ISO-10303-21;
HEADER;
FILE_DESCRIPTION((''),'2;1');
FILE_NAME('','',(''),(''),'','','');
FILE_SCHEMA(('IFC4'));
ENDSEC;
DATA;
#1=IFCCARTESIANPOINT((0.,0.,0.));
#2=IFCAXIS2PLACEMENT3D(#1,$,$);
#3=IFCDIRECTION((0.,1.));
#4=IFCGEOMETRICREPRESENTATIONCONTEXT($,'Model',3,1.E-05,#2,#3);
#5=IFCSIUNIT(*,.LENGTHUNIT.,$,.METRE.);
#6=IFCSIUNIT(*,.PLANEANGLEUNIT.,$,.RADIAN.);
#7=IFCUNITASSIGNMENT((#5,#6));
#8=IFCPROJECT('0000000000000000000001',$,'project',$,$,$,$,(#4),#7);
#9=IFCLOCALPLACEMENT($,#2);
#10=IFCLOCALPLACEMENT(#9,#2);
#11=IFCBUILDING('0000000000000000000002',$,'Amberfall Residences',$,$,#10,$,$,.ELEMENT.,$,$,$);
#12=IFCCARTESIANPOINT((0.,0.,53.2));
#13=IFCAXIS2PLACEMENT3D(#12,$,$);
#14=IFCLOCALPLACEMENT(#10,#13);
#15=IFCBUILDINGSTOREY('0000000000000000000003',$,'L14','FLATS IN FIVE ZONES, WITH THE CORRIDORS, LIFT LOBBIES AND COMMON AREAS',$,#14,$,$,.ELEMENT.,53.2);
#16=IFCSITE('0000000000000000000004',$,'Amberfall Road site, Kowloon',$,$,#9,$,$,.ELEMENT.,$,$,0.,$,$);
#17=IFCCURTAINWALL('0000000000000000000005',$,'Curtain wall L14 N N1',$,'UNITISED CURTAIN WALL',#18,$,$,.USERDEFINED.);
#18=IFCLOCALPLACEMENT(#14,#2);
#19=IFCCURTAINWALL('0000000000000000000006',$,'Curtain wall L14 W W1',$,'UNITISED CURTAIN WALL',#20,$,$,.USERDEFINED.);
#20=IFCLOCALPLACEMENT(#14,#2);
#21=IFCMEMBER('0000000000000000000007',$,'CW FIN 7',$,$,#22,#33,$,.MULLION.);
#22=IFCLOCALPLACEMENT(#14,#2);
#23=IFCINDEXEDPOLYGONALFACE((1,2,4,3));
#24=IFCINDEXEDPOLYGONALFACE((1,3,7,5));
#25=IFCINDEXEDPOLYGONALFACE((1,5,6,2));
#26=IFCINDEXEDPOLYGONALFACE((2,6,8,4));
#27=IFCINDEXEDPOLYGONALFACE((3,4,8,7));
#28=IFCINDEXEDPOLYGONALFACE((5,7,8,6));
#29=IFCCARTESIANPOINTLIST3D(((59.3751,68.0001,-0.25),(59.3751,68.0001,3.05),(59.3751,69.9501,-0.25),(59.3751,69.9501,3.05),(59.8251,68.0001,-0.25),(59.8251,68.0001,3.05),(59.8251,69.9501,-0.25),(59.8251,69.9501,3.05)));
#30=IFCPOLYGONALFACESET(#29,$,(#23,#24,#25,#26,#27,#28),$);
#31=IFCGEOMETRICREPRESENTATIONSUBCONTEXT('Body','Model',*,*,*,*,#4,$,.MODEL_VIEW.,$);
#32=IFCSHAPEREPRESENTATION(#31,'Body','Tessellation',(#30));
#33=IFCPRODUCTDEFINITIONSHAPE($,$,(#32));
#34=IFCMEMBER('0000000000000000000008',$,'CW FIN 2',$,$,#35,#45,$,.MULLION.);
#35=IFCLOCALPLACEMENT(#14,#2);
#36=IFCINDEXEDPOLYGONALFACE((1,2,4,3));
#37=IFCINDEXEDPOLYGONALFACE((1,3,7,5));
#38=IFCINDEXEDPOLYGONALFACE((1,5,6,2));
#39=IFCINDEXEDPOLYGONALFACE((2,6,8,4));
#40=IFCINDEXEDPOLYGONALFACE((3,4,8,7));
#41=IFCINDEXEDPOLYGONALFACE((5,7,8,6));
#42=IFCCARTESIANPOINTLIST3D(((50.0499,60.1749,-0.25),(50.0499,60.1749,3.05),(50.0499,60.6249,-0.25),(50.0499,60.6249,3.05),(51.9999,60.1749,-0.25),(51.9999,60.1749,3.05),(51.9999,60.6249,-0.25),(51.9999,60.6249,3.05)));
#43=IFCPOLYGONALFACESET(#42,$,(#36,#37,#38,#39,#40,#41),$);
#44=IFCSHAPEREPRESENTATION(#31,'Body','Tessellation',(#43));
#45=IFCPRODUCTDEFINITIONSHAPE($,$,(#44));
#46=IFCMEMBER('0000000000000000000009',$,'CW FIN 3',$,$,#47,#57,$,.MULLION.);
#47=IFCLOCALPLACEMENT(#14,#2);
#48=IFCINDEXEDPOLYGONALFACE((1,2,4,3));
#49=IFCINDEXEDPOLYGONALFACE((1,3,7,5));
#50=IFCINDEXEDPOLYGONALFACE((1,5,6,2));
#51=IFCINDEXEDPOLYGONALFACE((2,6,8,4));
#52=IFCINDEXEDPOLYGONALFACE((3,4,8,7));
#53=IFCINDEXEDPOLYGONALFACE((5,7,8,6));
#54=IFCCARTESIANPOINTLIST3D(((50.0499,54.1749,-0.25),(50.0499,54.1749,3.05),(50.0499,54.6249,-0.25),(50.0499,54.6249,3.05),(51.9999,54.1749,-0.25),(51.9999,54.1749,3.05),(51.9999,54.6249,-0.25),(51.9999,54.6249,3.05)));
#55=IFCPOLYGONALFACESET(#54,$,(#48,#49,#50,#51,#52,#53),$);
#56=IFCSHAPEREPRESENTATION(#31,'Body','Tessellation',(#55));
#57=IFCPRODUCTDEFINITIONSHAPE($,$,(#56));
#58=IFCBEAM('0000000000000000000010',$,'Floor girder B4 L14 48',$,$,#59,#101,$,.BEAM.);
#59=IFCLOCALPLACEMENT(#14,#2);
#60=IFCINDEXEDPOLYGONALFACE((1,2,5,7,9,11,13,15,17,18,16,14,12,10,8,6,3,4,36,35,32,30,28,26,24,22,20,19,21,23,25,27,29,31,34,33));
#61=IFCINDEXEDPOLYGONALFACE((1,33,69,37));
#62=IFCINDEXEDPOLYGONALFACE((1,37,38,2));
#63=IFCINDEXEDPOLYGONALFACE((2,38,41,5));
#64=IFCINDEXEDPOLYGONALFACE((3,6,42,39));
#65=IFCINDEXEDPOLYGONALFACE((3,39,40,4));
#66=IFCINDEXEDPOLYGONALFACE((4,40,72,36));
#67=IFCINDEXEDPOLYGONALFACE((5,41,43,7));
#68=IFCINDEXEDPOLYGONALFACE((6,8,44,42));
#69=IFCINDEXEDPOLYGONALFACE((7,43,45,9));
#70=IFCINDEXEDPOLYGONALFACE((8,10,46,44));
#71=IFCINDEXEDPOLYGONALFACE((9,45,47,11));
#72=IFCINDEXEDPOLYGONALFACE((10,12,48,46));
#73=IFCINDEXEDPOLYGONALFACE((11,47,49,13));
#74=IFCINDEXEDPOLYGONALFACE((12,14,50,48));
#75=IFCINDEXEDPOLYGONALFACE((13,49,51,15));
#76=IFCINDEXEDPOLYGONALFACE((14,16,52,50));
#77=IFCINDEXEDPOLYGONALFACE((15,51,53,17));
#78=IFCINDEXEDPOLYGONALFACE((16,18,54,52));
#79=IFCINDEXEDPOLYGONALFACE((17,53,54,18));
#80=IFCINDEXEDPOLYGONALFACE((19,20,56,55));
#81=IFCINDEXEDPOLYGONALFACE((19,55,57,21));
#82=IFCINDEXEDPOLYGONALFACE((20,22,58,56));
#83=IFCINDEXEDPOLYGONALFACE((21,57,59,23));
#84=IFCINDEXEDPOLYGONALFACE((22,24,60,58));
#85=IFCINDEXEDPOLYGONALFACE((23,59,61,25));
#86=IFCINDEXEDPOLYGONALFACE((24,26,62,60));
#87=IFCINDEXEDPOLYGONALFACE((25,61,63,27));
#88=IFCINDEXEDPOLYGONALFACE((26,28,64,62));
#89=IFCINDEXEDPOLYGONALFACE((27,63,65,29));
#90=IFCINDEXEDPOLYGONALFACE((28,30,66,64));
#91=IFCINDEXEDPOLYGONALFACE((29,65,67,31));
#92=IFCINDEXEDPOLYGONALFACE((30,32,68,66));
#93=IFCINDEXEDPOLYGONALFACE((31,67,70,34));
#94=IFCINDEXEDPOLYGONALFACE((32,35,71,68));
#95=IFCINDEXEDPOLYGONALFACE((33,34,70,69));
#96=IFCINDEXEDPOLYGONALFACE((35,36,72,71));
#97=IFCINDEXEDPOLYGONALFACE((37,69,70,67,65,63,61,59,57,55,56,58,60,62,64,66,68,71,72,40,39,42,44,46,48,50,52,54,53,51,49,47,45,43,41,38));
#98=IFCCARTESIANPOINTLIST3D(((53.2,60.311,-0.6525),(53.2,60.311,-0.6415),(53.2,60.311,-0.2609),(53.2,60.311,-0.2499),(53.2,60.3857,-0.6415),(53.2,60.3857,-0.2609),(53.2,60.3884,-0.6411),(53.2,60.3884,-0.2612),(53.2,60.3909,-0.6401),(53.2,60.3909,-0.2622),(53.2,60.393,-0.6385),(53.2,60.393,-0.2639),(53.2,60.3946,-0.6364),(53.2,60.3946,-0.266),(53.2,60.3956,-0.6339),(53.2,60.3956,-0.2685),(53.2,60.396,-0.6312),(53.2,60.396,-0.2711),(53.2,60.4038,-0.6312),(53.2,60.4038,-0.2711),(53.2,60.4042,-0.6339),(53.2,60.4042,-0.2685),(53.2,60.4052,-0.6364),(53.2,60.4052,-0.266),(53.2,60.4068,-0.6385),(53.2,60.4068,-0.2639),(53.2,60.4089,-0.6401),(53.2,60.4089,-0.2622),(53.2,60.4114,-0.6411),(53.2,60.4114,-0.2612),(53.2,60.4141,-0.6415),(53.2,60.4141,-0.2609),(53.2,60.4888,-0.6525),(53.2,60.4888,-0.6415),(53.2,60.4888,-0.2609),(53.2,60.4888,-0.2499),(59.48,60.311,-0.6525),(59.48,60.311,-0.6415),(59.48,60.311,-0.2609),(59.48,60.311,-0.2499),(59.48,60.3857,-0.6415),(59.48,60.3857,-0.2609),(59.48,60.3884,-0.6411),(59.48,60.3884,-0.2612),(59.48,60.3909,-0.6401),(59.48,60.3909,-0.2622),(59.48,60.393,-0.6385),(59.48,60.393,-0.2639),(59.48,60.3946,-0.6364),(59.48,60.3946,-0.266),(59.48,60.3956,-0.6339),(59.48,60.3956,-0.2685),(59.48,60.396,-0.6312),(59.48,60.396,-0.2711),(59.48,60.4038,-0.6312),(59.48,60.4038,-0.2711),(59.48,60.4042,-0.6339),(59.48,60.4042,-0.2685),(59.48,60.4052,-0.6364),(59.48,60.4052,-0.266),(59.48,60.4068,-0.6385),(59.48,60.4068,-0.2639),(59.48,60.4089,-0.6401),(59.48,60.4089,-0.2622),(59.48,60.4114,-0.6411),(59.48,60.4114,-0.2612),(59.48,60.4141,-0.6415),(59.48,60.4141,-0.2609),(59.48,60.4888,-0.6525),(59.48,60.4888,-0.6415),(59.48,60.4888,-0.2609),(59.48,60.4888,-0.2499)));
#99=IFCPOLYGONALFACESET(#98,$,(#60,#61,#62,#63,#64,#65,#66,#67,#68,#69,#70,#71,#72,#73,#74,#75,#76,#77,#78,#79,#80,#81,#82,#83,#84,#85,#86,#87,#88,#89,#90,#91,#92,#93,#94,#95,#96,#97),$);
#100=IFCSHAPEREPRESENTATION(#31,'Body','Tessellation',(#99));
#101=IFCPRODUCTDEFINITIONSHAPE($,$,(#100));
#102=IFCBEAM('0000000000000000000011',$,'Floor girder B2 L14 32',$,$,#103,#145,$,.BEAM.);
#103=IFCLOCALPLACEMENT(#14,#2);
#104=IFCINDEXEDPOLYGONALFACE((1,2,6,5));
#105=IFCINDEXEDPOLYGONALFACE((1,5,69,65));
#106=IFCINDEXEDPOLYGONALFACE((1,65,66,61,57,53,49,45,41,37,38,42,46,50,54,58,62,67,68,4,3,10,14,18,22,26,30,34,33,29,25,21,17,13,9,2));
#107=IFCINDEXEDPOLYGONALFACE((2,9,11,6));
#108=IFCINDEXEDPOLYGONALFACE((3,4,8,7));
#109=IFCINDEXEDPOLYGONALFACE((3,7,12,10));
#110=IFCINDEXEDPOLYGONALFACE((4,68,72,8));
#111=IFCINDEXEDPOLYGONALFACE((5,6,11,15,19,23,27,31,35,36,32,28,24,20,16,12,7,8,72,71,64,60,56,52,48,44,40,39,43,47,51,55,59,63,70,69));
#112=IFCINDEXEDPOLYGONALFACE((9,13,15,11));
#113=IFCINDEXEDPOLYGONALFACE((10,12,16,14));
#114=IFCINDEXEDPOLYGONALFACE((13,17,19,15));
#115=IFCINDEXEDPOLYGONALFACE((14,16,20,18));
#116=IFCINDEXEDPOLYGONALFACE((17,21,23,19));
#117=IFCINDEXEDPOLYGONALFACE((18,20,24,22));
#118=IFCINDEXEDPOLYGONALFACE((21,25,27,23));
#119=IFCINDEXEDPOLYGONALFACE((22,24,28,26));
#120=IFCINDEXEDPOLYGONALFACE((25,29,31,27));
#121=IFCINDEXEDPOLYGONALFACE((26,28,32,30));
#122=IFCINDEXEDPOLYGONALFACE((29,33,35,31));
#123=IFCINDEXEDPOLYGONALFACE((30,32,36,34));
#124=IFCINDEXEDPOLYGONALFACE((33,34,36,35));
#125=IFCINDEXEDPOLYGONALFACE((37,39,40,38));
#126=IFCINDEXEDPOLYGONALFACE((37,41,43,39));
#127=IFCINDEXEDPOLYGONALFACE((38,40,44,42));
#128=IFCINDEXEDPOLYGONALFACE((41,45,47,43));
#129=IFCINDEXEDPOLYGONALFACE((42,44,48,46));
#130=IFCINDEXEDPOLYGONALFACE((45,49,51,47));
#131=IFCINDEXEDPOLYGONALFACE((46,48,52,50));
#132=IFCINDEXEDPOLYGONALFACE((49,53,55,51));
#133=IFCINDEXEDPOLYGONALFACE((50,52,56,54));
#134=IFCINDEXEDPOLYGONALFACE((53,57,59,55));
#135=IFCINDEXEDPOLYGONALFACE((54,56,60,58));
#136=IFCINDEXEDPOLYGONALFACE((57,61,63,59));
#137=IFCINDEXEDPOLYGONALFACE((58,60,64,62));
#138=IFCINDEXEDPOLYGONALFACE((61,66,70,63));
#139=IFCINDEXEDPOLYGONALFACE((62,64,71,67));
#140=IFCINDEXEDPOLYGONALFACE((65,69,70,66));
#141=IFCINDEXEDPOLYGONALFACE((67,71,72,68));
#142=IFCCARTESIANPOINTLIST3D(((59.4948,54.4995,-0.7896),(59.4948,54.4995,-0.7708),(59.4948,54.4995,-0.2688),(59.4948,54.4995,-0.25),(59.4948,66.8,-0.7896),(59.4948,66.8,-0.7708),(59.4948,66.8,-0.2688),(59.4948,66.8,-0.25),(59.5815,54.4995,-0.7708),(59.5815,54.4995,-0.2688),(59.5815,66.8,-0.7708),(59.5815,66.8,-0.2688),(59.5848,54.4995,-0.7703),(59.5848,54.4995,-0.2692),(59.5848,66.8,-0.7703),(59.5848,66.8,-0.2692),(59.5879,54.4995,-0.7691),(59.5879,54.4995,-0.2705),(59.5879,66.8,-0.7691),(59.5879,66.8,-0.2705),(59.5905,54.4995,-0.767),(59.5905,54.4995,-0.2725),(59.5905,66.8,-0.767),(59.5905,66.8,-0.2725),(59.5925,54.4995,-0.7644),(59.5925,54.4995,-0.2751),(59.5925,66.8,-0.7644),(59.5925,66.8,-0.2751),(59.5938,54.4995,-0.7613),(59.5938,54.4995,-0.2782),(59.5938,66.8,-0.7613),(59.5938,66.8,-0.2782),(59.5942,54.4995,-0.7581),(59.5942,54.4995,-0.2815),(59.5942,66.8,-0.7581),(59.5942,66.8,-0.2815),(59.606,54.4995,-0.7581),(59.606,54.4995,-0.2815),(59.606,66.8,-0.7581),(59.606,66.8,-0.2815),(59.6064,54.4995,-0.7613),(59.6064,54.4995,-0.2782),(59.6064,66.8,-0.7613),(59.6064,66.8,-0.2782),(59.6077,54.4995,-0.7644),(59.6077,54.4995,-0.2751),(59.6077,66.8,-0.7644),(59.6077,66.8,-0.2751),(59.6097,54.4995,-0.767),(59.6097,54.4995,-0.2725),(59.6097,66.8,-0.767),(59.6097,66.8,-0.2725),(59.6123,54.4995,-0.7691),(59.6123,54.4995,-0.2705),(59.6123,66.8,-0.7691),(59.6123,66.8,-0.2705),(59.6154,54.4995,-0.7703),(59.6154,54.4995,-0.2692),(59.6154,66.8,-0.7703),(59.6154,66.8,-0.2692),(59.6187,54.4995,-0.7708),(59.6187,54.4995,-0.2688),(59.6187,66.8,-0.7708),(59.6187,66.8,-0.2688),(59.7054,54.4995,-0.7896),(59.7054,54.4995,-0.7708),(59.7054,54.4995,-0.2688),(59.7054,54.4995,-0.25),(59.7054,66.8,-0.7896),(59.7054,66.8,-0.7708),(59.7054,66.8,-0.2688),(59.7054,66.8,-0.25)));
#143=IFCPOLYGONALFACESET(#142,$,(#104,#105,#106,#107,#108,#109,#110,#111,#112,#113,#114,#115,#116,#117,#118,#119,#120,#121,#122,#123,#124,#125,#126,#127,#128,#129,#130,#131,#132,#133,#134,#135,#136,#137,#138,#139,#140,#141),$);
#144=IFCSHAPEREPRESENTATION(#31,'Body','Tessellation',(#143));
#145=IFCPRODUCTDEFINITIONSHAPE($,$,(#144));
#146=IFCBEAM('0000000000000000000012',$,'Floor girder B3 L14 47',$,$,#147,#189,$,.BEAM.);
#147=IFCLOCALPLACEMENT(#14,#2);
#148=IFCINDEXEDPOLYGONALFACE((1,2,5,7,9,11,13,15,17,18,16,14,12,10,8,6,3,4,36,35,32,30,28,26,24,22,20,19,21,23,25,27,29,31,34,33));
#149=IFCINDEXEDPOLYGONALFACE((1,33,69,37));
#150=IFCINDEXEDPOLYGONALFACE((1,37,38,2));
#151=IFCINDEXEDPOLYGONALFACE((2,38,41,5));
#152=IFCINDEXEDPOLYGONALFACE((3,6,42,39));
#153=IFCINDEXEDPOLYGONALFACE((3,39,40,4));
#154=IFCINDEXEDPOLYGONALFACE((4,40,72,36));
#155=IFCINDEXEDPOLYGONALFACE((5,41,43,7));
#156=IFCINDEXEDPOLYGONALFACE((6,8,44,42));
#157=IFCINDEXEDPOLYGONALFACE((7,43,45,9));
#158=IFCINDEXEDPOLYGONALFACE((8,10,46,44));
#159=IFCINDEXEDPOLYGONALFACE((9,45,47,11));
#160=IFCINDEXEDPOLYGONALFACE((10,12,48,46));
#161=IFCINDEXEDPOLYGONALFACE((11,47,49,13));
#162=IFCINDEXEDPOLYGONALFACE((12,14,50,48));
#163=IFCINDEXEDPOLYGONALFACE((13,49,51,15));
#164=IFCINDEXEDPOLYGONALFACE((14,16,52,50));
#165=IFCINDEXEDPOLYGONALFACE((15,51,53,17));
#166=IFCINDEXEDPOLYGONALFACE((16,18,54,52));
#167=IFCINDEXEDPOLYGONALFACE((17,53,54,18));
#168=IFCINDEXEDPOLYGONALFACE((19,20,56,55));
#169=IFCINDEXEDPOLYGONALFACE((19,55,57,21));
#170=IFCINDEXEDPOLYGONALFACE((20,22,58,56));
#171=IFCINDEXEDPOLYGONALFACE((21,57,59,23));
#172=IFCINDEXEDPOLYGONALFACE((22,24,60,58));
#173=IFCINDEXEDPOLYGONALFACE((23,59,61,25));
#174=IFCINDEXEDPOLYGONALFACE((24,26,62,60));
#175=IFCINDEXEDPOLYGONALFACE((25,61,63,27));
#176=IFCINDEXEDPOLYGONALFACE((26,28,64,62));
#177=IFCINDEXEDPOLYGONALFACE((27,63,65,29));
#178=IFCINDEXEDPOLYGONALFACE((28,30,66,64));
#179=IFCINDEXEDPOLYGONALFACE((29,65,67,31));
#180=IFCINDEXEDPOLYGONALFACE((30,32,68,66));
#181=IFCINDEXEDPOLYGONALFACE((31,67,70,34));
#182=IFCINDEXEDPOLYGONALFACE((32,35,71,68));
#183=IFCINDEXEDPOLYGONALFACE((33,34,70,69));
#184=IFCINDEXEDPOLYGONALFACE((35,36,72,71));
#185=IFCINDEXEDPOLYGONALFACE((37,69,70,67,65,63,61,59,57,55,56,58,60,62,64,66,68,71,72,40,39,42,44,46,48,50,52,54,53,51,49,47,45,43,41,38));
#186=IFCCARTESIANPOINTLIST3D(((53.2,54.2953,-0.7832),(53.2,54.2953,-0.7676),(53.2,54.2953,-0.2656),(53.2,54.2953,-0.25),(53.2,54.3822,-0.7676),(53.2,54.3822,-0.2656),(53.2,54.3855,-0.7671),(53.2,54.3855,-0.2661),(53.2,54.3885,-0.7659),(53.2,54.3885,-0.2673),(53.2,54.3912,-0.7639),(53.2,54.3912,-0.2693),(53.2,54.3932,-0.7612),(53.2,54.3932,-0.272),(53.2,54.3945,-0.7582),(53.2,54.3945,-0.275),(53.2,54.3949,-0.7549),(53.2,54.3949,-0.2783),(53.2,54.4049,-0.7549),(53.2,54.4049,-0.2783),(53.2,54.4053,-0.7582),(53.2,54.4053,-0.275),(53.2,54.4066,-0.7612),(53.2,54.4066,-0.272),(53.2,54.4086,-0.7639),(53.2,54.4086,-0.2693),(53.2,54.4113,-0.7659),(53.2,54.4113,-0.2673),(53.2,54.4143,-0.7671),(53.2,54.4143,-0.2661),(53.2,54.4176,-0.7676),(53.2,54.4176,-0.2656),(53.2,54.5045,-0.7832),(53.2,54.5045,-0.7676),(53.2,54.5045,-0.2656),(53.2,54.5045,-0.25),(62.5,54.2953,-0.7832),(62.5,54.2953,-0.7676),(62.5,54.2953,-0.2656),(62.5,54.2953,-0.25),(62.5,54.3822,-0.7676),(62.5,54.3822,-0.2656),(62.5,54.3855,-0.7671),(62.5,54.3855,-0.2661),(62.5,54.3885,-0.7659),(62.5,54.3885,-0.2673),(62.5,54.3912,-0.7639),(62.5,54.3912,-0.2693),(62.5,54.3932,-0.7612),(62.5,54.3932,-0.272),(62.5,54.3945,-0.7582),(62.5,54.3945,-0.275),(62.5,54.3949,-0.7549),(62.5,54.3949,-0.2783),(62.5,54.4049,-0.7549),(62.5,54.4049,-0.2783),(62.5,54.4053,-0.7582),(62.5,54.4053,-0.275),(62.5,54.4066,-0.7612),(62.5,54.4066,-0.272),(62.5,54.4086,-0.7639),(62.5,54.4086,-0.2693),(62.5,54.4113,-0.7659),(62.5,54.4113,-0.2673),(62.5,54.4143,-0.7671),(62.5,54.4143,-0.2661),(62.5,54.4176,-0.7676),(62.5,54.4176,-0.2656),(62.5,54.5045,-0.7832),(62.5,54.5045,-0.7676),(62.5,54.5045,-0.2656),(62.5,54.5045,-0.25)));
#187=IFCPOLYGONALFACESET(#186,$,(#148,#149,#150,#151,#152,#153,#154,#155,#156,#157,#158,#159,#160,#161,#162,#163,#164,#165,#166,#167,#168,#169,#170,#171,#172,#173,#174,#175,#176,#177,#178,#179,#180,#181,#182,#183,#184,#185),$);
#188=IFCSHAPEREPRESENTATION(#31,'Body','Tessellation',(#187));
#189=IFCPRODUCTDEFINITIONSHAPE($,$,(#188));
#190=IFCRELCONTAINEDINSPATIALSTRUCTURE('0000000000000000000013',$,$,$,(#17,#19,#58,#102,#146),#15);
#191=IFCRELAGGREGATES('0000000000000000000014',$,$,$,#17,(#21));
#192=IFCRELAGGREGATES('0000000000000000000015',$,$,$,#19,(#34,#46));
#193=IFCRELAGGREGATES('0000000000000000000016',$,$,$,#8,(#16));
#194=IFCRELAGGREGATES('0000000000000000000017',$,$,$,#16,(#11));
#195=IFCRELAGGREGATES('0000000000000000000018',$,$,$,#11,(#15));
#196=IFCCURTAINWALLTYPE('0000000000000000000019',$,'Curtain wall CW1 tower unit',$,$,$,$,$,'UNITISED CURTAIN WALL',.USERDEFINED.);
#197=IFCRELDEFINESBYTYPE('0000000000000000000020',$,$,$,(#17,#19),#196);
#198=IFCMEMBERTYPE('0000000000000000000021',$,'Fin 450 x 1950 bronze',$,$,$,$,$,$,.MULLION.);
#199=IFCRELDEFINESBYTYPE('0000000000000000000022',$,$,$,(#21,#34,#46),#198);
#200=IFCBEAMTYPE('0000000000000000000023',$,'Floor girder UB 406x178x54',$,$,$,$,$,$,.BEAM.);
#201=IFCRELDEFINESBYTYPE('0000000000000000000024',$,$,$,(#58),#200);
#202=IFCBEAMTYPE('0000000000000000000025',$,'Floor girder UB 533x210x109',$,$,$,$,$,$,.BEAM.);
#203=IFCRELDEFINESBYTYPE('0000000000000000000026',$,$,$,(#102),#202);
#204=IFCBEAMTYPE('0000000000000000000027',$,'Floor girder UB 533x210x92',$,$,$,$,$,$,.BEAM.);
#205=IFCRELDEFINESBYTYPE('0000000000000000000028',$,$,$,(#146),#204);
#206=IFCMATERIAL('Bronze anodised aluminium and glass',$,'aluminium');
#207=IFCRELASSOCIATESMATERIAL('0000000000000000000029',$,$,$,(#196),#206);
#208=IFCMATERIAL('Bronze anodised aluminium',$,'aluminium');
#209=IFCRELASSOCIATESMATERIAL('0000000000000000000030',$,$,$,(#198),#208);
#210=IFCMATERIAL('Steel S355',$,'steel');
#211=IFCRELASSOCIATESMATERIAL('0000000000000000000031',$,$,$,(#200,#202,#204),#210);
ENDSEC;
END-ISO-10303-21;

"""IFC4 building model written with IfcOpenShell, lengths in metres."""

from ifc_helpers import new_model, si_unit, direction, frame, origin, origin_2d, place, context, subcontext, project, spatial, rectangle, i_section, extrude, material, material_profile, profile_set, type_object, element, aggregate, save


model = new_model("IFC4")

# Units and contexts
model_context = context("Model", 3, precision=1e-05, world=origin(), true_north=direction((0.0, 1.0)))
body_context = subcontext(model_context, "Body", "Model", "MODEL_VIEW")
ifc_project = project(units=[si_unit("LENGTHUNIT", "METRE"), si_unit("PLANEANGLEUNIT", "RADIAN")], contexts=[model_context])

# Site, building, storey
site_placement = place(None, origin())
site = spatial("IfcSite", under=ifc_project, at=site_placement, Name="Amberfall Road site, Kowloon", CompositionType="ELEMENT", RefElevation=0.0)
building_placement = place(site_placement, origin())
building = spatial("IfcBuilding", under=site, at=building_placement, Name="Amberfall Residences", CompositionType="ELEMENT")
storey_placement = place(building_placement, frame((0.0, 0.0, 53.2)))
storey = spatial("IfcBuildingStorey", under=building, at=storey_placement, Name="L14", Description="FLATS IN FIVE ZONES, WITH THE CORRIDORS, LIFT LOBBIES AND COMMON AREAS", CompositionType="ELEMENT", Elevation=53.2)

# Curtain wall
ifc_material_1 = material(Name="Bronze anodised aluminium and glass", Category="aluminium")
curtain_wall_type = type_object("IfcCurtainWallType", Name="Curtain wall CW1 tower unit", ElementType="UNITISED CURTAIN WALL", PredefinedType="USERDEFINED", material=ifc_material_1)
curtain_wall_1_placement = place(storey_placement, origin())
curtain_wall_1 = element("IfcCurtainWall", 1, at=curtain_wall_1_placement, inside=storey, type_object=curtain_wall_type, Name="Curtain wall L14 N N1", ObjectType="UNITISED CURTAIN WALL", PredefinedType="USERDEFINED")
ifc_material_2 = material(Name="Bronze anodised aluminium", Category="aluminium")

# Curtain wall
curtain_wall_2_placement = place(storey_placement, origin())
curtain_wall_2 = element("IfcCurtainWall", 2, at=curtain_wall_2_placement, inside=storey, type_object=curtain_wall_type, Name="Curtain wall L14 W W1", ObjectType="UNITISED CURTAIN WALL", PredefinedType="USERDEFINED")

# Shared definitions
ifc_material_3 = material(Name="Steel S355", Category="steel")

# Members
ifc_material_profile_1 = material_profile(ifc_material_2, rectangle(XDim=1.95, YDim=0.45, at=origin_2d()), Name="Fin 450 x 1950 bronze")
ifc_profile_set_1 = profile_set([ifc_material_profile_1], Name="Bronze anodised aluminium")
member_type_1 = type_object("IfcMemberType", Name="Fin 450 x 1950 bronze", PredefinedType="MULLION", material=ifc_profile_set_1)
member_1_placement = place(storey_placement, frame((59.6001, 68.9751, -0.25), z_axis=(0.0, 0.0, 1.0), x_axis=(0.0, -1.0, 0.0)))
member_1 = element("IfcMember", 3, at=member_1_placement, type_object=member_type_1, Name="CW FIN 7", PredefinedType="MULLION", context=body_context, shape_type="SweptSolid", body=[
    extrude(rectangle(XDim=1.95, YDim=0.45, at=origin_2d()), origin(), (0.0, 0.0, 1.0), 3.3),
])
member_2_placement = place(storey_placement, frame((51.0249, 60.3999, -0.25), z_axis=(0.0, 0.0, 1.0), x_axis=(1.0, 0.0, 0.0)))
member_2 = element("IfcMember", 4, at=member_2_placement, type_object=member_type_1, Name="CW FIN 2", PredefinedType="MULLION", context=body_context, shape_type="SweptSolid", body=[
    extrude(rectangle(XDim=1.95, YDim=0.45, at=origin_2d()), origin(), (0.0, 0.0, 1.0), 3.3),
])
member_3_placement = place(storey_placement, frame((51.0249, 54.3999, -0.25), z_axis=(0.0, 0.0, 1.0), x_axis=(1.0, 0.0, 0.0)))
member_3 = element("IfcMember", 5, at=member_3_placement, type_object=member_type_1, Name="CW FIN 3", PredefinedType="MULLION", context=body_context, shape_type="SweptSolid", body=[
    extrude(rectangle(XDim=1.95, YDim=0.45, at=origin_2d()), origin(), (0.0, 0.0, 1.0), 3.3),
])

# Beams
ifc_material_profile_2 = material_profile(ifc_material_3, i_section(OverallWidth=0.1777, OverallDepth=0.4026, WebThickness=0.0078, FlangeThickness=0.011, FilletRadius=0.0103, at=origin_2d()), Name="UB 406x178x54")
ifc_profile_set_2 = profile_set([ifc_material_profile_2], Name="Steel S355")
beam_type_1 = type_object("IfcBeamType", Name="Floor girder UB 406x178x54", PredefinedType="BEAM", material=ifc_profile_set_2)
beam_1_placement = place(storey_placement, frame((53.2, 60.3999, -0.4512), z_axis=(1.0, 0.0, 0.0), x_axis=(0.0, 1.0, 0.0)))
element("IfcBeam", 6, at=beam_1_placement, inside=storey, type_object=beam_type_1, Name="Floor girder B4 L14 48", PredefinedType="BEAM", context=body_context, shape_type="SweptSolid", body=[
    extrude(i_section(OverallWidth=0.1777, OverallDepth=0.4026, WebThickness=0.0078, FlangeThickness=0.011, FilletRadius=0.0103, at=origin_2d()), origin(), (0.0, 0.0, 1.0), 6.28),
])
ifc_material_profile_3 = material_profile(ifc_material_3, i_section(OverallWidth=0.2107, OverallDepth=0.5396, WebThickness=0.0117, FlangeThickness=0.0188, FilletRadius=0.0127, at=origin_2d()), Name="UB 533x210x109")
ifc_profile_set_3 = profile_set([ifc_material_profile_3], Name="Steel S355")
beam_type_2 = type_object("IfcBeamType", Name="Floor girder UB 533x210x109", PredefinedType="BEAM", material=ifc_profile_set_3)
beam_2_placement = place(storey_placement, frame((59.6001, 66.8, -0.5198), z_axis=(0.0, -1.0, 0.0), x_axis=(1.0, 0.0, 0.0)))
element("IfcBeam", 7, at=beam_2_placement, inside=storey, type_object=beam_type_2, Name="Floor girder B2 L14 32", PredefinedType="BEAM", context=body_context, shape_type="SweptSolid", body=[
    extrude(i_section(OverallWidth=0.2107, OverallDepth=0.5396, WebThickness=0.0117, FlangeThickness=0.0188, FilletRadius=0.0127, at=origin_2d()), origin(), (0.0, 0.0, 1.0), 12.3005),
])
ifc_material_profile_4 = material_profile(ifc_material_3, i_section(OverallWidth=0.2092, OverallDepth=0.5332, WebThickness=0.01, FlangeThickness=0.0156, FilletRadius=0.0127, at=origin_2d()), Name="UB 533x210x92")
ifc_profile_set_4 = profile_set([ifc_material_profile_4], Name="Steel S355")
beam_type_3 = type_object("IfcBeamType", Name="Floor girder UB 533x210x92", PredefinedType="BEAM", material=ifc_profile_set_4)
beam_3_placement = place(storey_placement, frame((53.2, 54.3999, -0.5166), z_axis=(1.0, 0.0, 0.0), x_axis=(0.0, 1.0, 0.0)))
element("IfcBeam", 8, at=beam_3_placement, inside=storey, type_object=beam_type_3, Name="Floor girder B3 L14 47", PredefinedType="BEAM", context=body_context, shape_type="SweptSolid", body=[
    extrude(i_section(OverallWidth=0.2092, OverallDepth=0.5332, WebThickness=0.01, FlangeThickness=0.0156, FilletRadius=0.0127, at=origin_2d()), origin(), (0.0, 0.0, 1.0), 9.3),
])

aggregate(curtain_wall_1, [member_1])
aggregate(curtain_wall_2, [member_2, member_3])

save(model, "model.ifc")
